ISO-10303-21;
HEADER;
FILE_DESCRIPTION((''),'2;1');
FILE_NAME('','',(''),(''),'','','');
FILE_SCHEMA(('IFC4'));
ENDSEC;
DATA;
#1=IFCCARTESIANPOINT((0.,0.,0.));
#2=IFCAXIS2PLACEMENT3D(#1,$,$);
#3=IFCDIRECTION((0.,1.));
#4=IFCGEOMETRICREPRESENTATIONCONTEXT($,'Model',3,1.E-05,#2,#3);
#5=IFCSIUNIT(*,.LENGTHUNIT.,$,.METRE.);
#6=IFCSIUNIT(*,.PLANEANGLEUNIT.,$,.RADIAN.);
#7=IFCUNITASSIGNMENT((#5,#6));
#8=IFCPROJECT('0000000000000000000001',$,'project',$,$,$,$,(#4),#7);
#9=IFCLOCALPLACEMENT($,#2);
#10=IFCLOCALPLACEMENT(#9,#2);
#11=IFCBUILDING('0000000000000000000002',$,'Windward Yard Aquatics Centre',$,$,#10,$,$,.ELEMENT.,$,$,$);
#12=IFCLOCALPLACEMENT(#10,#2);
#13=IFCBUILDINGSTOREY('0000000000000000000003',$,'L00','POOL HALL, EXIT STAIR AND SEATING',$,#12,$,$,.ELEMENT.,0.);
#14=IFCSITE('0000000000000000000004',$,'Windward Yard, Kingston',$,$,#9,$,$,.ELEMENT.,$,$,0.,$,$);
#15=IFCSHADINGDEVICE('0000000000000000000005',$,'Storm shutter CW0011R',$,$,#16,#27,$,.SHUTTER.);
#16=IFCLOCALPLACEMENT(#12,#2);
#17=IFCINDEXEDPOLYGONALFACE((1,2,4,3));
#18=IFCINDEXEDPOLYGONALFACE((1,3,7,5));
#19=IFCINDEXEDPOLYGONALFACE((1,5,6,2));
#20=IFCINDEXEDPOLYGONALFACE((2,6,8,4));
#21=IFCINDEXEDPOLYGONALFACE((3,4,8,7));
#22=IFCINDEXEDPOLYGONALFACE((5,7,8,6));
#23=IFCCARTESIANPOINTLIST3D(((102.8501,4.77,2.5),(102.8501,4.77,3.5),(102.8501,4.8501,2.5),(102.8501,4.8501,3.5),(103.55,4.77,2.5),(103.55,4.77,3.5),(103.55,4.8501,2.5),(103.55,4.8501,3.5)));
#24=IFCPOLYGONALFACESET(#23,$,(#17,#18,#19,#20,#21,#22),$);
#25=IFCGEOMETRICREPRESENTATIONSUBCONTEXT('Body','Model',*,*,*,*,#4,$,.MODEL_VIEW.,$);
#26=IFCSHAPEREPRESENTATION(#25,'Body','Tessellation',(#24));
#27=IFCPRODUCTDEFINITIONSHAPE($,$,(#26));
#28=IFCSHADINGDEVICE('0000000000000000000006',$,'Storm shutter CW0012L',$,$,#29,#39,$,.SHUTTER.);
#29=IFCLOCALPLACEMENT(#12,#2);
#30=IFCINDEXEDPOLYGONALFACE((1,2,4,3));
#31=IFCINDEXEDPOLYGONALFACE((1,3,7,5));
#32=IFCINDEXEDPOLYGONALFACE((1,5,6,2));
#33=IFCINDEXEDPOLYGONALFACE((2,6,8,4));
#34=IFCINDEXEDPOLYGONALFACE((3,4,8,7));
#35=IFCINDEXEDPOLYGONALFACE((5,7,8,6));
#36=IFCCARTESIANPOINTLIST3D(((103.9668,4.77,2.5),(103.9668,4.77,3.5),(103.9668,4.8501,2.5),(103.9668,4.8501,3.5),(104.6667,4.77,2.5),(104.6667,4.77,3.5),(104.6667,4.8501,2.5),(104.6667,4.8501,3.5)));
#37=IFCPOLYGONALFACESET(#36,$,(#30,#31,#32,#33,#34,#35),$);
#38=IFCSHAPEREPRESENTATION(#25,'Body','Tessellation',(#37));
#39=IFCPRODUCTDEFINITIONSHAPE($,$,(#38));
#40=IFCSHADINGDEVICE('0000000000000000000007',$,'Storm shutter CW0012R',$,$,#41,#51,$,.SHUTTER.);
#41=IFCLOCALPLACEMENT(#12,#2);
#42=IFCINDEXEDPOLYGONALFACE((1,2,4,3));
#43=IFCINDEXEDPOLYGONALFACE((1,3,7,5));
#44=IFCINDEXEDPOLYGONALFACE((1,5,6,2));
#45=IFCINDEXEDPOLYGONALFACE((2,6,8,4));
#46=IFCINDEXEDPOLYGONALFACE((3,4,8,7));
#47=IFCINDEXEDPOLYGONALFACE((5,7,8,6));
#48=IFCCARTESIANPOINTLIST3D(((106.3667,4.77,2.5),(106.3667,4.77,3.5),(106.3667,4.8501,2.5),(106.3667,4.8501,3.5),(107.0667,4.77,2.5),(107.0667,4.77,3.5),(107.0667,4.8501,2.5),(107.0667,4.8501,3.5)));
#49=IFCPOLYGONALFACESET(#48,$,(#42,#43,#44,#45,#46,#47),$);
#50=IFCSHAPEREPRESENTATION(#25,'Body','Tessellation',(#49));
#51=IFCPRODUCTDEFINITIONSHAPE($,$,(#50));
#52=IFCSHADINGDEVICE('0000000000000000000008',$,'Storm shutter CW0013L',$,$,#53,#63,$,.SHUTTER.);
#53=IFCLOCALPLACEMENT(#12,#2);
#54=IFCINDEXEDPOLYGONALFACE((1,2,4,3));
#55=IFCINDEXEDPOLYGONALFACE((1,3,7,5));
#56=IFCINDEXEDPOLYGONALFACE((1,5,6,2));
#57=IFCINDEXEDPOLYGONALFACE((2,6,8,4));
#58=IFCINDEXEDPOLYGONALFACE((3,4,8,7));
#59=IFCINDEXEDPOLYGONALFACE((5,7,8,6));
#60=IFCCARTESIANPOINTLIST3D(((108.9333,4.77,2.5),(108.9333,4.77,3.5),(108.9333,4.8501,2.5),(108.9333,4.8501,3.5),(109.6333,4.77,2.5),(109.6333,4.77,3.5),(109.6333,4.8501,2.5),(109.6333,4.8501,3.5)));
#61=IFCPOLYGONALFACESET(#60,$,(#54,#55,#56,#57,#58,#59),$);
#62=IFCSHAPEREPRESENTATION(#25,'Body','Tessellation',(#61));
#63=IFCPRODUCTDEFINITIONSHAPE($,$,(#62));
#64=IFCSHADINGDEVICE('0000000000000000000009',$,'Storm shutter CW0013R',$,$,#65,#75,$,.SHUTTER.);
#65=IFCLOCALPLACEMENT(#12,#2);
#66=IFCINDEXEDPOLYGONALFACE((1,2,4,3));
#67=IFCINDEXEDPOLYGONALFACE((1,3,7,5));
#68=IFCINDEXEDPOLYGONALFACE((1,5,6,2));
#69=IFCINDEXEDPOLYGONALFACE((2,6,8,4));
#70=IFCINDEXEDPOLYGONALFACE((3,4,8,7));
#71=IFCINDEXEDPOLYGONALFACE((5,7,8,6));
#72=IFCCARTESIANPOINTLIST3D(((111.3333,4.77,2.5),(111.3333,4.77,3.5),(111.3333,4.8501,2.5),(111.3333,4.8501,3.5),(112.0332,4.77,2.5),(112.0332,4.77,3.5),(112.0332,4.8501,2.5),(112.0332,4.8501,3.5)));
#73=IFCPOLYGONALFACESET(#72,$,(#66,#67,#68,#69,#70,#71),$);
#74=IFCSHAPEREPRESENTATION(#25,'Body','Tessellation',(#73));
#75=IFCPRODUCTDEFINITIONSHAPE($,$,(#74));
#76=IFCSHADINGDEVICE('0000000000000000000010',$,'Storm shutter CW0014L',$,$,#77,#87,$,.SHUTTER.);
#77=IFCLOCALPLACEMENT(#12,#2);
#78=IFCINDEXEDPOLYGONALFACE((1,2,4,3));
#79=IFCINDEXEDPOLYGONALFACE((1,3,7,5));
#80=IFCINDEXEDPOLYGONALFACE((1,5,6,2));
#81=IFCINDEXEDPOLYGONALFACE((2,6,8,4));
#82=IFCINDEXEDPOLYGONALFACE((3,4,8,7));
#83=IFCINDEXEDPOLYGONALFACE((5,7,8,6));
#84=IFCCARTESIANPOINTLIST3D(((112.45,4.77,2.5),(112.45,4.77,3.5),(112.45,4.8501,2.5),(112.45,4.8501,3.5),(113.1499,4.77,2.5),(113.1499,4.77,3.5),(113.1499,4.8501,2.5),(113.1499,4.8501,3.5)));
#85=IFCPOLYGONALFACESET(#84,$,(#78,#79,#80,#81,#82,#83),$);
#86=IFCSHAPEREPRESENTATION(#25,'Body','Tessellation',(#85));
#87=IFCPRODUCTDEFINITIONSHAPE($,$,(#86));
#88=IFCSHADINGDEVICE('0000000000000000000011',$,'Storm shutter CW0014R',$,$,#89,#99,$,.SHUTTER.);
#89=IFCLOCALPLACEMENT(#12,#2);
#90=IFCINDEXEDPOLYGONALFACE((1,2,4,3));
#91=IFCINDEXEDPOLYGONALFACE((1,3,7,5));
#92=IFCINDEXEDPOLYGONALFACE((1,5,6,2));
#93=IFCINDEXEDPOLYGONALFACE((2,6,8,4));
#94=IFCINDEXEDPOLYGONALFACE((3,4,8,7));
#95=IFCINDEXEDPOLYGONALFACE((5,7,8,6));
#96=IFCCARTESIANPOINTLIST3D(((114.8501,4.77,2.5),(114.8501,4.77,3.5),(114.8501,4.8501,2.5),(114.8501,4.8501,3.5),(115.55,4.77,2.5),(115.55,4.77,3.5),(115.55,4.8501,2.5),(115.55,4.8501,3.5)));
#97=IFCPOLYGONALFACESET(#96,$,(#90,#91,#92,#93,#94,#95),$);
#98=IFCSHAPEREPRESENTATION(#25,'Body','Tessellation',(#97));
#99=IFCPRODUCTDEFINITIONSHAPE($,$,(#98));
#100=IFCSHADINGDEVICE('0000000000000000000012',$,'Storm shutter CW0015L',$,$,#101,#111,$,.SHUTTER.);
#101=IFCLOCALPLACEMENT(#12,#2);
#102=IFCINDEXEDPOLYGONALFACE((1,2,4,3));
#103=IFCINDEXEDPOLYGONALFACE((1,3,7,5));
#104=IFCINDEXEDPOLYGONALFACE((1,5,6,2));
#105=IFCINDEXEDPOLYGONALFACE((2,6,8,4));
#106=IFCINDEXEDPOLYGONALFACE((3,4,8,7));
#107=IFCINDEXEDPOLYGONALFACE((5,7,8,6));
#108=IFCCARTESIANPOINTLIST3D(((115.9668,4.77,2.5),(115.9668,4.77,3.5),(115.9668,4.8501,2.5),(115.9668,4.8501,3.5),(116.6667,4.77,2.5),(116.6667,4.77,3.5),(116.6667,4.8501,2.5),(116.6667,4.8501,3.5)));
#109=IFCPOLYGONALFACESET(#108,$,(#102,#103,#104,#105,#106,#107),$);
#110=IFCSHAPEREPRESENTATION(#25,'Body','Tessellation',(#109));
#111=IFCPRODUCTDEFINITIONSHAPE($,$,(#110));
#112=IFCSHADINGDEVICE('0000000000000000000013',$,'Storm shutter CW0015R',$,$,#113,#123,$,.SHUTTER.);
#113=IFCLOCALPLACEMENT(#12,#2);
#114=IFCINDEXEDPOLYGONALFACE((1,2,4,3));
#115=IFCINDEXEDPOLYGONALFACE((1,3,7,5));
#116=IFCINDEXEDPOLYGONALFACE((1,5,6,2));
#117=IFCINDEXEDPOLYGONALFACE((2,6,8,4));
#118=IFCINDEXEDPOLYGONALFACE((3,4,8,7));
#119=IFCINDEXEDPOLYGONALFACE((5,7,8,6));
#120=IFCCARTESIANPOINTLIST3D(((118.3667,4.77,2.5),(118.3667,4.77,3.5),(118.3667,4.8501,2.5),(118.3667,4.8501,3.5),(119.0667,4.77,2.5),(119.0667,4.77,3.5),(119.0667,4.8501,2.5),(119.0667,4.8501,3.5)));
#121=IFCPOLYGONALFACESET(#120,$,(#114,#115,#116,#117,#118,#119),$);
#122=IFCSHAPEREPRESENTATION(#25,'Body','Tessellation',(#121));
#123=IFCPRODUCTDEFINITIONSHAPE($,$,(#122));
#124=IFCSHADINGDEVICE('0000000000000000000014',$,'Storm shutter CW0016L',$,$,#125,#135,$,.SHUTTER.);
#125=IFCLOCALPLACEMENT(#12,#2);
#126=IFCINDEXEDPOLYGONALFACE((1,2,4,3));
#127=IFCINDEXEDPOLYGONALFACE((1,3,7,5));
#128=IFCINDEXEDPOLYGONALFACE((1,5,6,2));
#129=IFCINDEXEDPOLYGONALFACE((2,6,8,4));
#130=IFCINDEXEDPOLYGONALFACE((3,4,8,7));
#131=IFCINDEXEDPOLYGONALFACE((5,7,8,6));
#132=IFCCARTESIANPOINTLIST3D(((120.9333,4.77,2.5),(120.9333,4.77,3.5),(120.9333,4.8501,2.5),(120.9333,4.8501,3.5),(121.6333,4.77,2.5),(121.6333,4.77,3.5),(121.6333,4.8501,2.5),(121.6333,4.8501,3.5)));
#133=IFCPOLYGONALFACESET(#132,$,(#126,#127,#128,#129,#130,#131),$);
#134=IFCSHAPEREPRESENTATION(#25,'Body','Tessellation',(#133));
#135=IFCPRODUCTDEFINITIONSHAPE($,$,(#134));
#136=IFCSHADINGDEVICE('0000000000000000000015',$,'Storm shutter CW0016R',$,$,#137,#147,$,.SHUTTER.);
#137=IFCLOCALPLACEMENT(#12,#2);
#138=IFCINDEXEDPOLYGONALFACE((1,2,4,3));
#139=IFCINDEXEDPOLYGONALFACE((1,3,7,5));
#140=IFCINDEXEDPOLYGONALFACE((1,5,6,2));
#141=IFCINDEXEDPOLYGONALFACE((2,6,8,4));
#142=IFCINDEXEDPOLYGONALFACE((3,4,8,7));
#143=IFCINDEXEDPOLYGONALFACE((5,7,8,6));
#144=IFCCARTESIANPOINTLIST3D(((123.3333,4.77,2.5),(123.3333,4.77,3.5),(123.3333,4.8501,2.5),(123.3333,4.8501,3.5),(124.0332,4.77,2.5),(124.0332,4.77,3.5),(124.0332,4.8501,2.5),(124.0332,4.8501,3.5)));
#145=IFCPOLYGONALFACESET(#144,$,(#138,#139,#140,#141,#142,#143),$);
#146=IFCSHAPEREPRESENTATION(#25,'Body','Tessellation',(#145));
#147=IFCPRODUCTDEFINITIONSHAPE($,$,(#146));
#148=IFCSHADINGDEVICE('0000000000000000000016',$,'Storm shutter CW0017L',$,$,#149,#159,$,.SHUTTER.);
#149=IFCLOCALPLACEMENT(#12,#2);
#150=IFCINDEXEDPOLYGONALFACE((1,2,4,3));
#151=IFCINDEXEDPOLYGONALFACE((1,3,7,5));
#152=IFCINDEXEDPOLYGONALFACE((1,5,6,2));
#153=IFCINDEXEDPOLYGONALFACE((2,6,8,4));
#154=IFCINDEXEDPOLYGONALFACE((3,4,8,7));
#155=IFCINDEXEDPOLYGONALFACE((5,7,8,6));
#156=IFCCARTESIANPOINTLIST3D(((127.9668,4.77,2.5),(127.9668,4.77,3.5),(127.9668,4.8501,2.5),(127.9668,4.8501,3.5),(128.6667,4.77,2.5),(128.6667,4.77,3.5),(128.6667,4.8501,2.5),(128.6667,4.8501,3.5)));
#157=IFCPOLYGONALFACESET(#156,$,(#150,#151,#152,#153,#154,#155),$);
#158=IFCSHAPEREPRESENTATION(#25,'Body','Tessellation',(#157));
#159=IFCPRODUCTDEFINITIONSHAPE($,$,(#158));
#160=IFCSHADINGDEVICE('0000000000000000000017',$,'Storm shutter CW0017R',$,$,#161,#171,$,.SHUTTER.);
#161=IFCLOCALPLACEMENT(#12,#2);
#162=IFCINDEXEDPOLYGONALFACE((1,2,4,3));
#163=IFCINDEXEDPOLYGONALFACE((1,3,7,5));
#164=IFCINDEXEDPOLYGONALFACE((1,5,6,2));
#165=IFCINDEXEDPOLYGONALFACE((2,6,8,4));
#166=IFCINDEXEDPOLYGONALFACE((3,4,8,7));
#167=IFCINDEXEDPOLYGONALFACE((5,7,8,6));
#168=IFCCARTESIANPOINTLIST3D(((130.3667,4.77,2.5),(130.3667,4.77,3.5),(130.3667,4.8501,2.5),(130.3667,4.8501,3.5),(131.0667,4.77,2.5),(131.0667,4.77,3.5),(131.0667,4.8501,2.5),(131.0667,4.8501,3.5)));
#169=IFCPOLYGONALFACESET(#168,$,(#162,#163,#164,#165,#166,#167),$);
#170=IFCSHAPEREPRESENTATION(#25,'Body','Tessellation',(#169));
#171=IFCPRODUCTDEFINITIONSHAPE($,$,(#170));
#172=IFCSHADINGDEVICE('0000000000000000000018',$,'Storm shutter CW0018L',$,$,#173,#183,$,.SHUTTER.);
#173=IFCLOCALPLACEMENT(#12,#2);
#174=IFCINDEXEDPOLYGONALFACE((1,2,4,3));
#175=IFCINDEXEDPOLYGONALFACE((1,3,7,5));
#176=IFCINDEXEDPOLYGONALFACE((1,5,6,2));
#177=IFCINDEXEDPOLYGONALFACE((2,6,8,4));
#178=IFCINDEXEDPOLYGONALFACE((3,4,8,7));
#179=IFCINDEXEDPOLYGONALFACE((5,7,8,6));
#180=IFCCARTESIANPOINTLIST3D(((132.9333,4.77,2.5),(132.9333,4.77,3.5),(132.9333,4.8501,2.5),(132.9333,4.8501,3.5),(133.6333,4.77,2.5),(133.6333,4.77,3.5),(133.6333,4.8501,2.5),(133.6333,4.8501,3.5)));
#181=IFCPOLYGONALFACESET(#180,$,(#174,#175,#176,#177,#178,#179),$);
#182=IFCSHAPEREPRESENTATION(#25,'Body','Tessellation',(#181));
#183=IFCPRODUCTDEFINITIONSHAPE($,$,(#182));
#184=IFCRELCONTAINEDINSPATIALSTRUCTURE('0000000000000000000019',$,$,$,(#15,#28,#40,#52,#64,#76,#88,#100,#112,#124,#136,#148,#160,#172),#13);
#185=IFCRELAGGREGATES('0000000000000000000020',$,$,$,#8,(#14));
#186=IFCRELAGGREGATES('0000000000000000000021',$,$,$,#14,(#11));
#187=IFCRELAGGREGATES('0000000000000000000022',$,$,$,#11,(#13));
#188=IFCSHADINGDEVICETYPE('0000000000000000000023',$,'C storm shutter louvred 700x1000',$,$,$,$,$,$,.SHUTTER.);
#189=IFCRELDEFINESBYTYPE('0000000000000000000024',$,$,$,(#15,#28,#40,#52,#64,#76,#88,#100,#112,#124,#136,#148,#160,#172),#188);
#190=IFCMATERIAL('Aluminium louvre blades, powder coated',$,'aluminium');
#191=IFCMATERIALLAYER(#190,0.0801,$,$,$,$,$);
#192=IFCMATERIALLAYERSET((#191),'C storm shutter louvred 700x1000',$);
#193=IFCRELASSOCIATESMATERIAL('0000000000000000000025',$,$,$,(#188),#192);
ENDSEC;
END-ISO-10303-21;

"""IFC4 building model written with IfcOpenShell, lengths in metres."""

from ifc_helpers import new_model, si_unit, direction, frame, origin, place, context, subcontext, project, spatial, polyline, outline, extrude, material, layer, layer_set, type_object, element, save


model = new_model("IFC4")

# Units and contexts
model_context = context("Model", 3, precision=1e-05, world=origin(), true_north=direction((0.0, 1.0)))
body_context = subcontext(model_context, "Body", "Model", "MODEL_VIEW")
ifc_project = project(units=[si_unit("LENGTHUNIT", "METRE"), si_unit("PLANEANGLEUNIT", "RADIAN")], contexts=[model_context])

# Site, building, storey
site_placement = place(None, origin())
site = spatial("IfcSite", under=ifc_project, at=site_placement, Name="Windward Yard, Kingston", CompositionType="ELEMENT", RefElevation=0.0)
building_placement = place(site_placement, origin())
building = spatial("IfcBuilding", under=site, at=building_placement, Name="Windward Yard Aquatics Centre", CompositionType="ELEMENT")
storey_placement = place(building_placement, origin())
storey = spatial("IfcBuildingStorey", under=building, at=storey_placement, Name="L00", Description="POOL HALL, EXIT STAIR AND SEATING", CompositionType="ELEMENT", Elevation=0.0)

# Shading devices
ifc_material = material(Name="Aluminium louvre blades, powder coated", Category="aluminium")
ifc_layer = layer(ifc_material, 0.0801)
ifc_layer_set = layer_set([ifc_layer], Name="C storm shutter louvred 700x1000")
shading_device_type = type_object("IfcShadingDeviceType", Name="C storm shutter louvred 700x1000", PredefinedType="SHUTTER", material=ifc_layer_set)
shading_device_1_placement = place(storey_placement, frame((0.0, 0.0, 2.5)))
element("IfcShadingDevice", 1, at=shading_device_1_placement, inside=storey, type_object=shading_device_type, Name="Storm shutter CW0011R", PredefinedType="SHUTTER", context=body_context, shape_type="SweptSolid", body=[
    extrude(outline(polyline([(102.8501, 4.77), (102.8501, 4.8501), (103.55, 4.8501), (103.55, 4.77), (102.8501, 4.77)])), origin(), (0.0, 0.0, 1.0), 1.0),
])
shading_device_2_placement = place(storey_placement, frame((0.0, 0.0, 2.5)))
element("IfcShadingDevice", 2, at=shading_device_2_placement, inside=storey, type_object=shading_device_type, Name="Storm shutter CW0012L", PredefinedType="SHUTTER", context=body_context, shape_type="SweptSolid", body=[
    extrude(outline(polyline([(103.9668, 4.77), (103.9668, 4.8501), (104.6667, 4.8501), (104.6667, 4.77), (103.9668, 4.77)])), origin(), (0.0, 0.0, 1.0), 1.0),
])
shading_device_3_placement = place(storey_placement, frame((0.0, 0.0, 2.5)))
element("IfcShadingDevice", 3, at=shading_device_3_placement, inside=storey, type_object=shading_device_type, Name="Storm shutter CW0012R", PredefinedType="SHUTTER", context=body_context, shape_type="SweptSolid", body=[
    extrude(outline(polyline([(106.3667, 4.77), (106.3667, 4.8501), (107.0667, 4.8501), (107.0667, 4.77), (106.3667, 4.77)])), origin(), (0.0, 0.0, 1.0), 1.0),
])
shading_device_4_placement = place(storey_placement, frame((0.0, 0.0, 2.5)))
element("IfcShadingDevice", 4, at=shading_device_4_placement, inside=storey, type_object=shading_device_type, Name="Storm shutter CW0013L", PredefinedType="SHUTTER", context=body_context, shape_type="SweptSolid", body=[
    extrude(outline(polyline([(108.9333, 4.77), (108.9333, 4.8501), (109.6333, 4.8501), (109.6333, 4.77), (108.9333, 4.77)])), origin(), (0.0, 0.0, 1.0), 1.0),
])
shading_device_5_placement = place(storey_placement, frame((0.0, 0.0, 2.5)))
element("IfcShadingDevice", 5, at=shading_device_5_placement, inside=storey, type_object=shading_device_type, Name="Storm shutter CW0013R", PredefinedType="SHUTTER", context=body_context, shape_type="SweptSolid", body=[
    extrude(outline(polyline([(111.3333, 4.77), (111.3333, 4.8501), (112.0332, 4.8501), (112.0332, 4.77), (111.3333, 4.77)])), origin(), (0.0, 0.0, 1.0), 1.0),
])
shading_device_6_placement = place(storey_placement, frame((0.0, 0.0, 2.5)))
element("IfcShadingDevice", 6, at=shading_device_6_placement, inside=storey, type_object=shading_device_type, Name="Storm shutter CW0014L", PredefinedType="SHUTTER", context=body_context, shape_type="SweptSolid", body=[
    extrude(outline(polyline([(112.45, 4.77), (112.45, 4.8501), (113.1499, 4.8501), (113.1499, 4.77), (112.45, 4.77)])), origin(), (0.0, 0.0, 1.0), 1.0),
])
shading_device_7_placement = place(storey_placement, frame((0.0, 0.0, 2.5)))
element("IfcShadingDevice", 7, at=shading_device_7_placement, inside=storey, type_object=shading_device_type, Name="Storm shutter CW0014R", PredefinedType="SHUTTER", context=body_context, shape_type="SweptSolid", body=[
    extrude(outline(polyline([(114.8501, 4.77), (114.8501, 4.8501), (115.55, 4.8501), (115.55, 4.77), (114.8501, 4.77)])), origin(), (0.0, 0.0, 1.0), 1.0),
])
shading_device_8_placement = place(storey_placement, frame((0.0, 0.0, 2.5)))
element("IfcShadingDevice", 8, at=shading_device_8_placement, inside=storey, type_object=shading_device_type, Name="Storm shutter CW0015L", PredefinedType="SHUTTER", context=body_context, shape_type="SweptSolid", body=[
    extrude(outline(polyline([(115.9668, 4.77), (115.9668, 4.8501), (116.6667, 4.8501), (116.6667, 4.77), (115.9668, 4.77)])), origin(), (0.0, 0.0, 1.0), 1.0),
])
shading_device_9_placement = place(storey_placement, frame((0.0, 0.0, 2.5)))
element("IfcShadingDevice", 9, at=shading_device_9_placement, inside=storey, type_object=shading_device_type, Name="Storm shutter CW0015R", PredefinedType="SHUTTER", context=body_context, shape_type="SweptSolid", body=[
    extrude(outline(polyline([(118.3667, 4.77), (118.3667, 4.8501), (119.0667, 4.8501), (119.0667, 4.77), (118.3667, 4.77)])), origin(), (0.0, 0.0, 1.0), 1.0),
])
shading_device_10_placement = place(storey_placement, frame((0.0, 0.0, 2.5)))
element("IfcShadingDevice", 10, at=shading_device_10_placement, inside=storey, type_object=shading_device_type, Name="Storm shutter CW0016L", PredefinedType="SHUTTER", context=body_context, shape_type="SweptSolid", body=[
    extrude(outline(polyline([(120.9333, 4.77), (120.9333, 4.8501), (121.6333, 4.8501), (121.6333, 4.77), (120.9333, 4.77)])), origin(), (0.0, 0.0, 1.0), 1.0),
])
shading_device_11_placement = place(storey_placement, frame((0.0, 0.0, 2.5)))
element("IfcShadingDevice", 11, at=shading_device_11_placement, inside=storey, type_object=shading_device_type, Name="Storm shutter CW0016R", PredefinedType="SHUTTER", context=body_context, shape_type="SweptSolid", body=[
    extrude(outline(polyline([(123.3333, 4.77), (123.3333, 4.8501), (124.0332, 4.8501), (124.0332, 4.77), (123.3333, 4.77)])), origin(), (0.0, 0.0, 1.0), 1.0),
])
shading_device_12_placement = place(storey_placement, frame((0.0, 0.0, 2.5)))
element("IfcShadingDevice", 12, at=shading_device_12_placement, inside=storey, type_object=shading_device_type, Name="Storm shutter CW0017L", PredefinedType="SHUTTER", context=body_context, shape_type="SweptSolid", body=[
    extrude(outline(polyline([(127.9668, 4.77), (127.9668, 4.8501), (128.6667, 4.8501), (128.6667, 4.77), (127.9668, 4.77)])), origin(), (0.0, 0.0, 1.0), 1.0),
])
shading_device_13_placement = place(storey_placement, frame((0.0, 0.0, 2.5)))
element("IfcShadingDevice", 13, at=shading_device_13_placement, inside=storey, type_object=shading_device_type, Name="Storm shutter CW0017R", PredefinedType="SHUTTER", context=body_context, shape_type="SweptSolid", body=[
    extrude(outline(polyline([(130.3667, 4.77), (130.3667, 4.8501), (131.0667, 4.8501), (131.0667, 4.77), (130.3667, 4.77)])), origin(), (0.0, 0.0, 1.0), 1.0),
])
shading_device_14_placement = place(storey_placement, frame((0.0, 0.0, 2.5)))
element("IfcShadingDevice", 14, at=shading_device_14_placement, inside=storey, type_object=shading_device_type, Name="Storm shutter CW0018L", PredefinedType="SHUTTER", context=body_context, shape_type="SweptSolid", body=[
    extrude(outline(polyline([(132.9333, 4.77), (132.9333, 4.8501), (133.6333, 4.8501), (133.6333, 4.77), (132.9333, 4.77)])), origin(), (0.0, 0.0, 1.0), 1.0),
])

save(model, "model.ifc")
